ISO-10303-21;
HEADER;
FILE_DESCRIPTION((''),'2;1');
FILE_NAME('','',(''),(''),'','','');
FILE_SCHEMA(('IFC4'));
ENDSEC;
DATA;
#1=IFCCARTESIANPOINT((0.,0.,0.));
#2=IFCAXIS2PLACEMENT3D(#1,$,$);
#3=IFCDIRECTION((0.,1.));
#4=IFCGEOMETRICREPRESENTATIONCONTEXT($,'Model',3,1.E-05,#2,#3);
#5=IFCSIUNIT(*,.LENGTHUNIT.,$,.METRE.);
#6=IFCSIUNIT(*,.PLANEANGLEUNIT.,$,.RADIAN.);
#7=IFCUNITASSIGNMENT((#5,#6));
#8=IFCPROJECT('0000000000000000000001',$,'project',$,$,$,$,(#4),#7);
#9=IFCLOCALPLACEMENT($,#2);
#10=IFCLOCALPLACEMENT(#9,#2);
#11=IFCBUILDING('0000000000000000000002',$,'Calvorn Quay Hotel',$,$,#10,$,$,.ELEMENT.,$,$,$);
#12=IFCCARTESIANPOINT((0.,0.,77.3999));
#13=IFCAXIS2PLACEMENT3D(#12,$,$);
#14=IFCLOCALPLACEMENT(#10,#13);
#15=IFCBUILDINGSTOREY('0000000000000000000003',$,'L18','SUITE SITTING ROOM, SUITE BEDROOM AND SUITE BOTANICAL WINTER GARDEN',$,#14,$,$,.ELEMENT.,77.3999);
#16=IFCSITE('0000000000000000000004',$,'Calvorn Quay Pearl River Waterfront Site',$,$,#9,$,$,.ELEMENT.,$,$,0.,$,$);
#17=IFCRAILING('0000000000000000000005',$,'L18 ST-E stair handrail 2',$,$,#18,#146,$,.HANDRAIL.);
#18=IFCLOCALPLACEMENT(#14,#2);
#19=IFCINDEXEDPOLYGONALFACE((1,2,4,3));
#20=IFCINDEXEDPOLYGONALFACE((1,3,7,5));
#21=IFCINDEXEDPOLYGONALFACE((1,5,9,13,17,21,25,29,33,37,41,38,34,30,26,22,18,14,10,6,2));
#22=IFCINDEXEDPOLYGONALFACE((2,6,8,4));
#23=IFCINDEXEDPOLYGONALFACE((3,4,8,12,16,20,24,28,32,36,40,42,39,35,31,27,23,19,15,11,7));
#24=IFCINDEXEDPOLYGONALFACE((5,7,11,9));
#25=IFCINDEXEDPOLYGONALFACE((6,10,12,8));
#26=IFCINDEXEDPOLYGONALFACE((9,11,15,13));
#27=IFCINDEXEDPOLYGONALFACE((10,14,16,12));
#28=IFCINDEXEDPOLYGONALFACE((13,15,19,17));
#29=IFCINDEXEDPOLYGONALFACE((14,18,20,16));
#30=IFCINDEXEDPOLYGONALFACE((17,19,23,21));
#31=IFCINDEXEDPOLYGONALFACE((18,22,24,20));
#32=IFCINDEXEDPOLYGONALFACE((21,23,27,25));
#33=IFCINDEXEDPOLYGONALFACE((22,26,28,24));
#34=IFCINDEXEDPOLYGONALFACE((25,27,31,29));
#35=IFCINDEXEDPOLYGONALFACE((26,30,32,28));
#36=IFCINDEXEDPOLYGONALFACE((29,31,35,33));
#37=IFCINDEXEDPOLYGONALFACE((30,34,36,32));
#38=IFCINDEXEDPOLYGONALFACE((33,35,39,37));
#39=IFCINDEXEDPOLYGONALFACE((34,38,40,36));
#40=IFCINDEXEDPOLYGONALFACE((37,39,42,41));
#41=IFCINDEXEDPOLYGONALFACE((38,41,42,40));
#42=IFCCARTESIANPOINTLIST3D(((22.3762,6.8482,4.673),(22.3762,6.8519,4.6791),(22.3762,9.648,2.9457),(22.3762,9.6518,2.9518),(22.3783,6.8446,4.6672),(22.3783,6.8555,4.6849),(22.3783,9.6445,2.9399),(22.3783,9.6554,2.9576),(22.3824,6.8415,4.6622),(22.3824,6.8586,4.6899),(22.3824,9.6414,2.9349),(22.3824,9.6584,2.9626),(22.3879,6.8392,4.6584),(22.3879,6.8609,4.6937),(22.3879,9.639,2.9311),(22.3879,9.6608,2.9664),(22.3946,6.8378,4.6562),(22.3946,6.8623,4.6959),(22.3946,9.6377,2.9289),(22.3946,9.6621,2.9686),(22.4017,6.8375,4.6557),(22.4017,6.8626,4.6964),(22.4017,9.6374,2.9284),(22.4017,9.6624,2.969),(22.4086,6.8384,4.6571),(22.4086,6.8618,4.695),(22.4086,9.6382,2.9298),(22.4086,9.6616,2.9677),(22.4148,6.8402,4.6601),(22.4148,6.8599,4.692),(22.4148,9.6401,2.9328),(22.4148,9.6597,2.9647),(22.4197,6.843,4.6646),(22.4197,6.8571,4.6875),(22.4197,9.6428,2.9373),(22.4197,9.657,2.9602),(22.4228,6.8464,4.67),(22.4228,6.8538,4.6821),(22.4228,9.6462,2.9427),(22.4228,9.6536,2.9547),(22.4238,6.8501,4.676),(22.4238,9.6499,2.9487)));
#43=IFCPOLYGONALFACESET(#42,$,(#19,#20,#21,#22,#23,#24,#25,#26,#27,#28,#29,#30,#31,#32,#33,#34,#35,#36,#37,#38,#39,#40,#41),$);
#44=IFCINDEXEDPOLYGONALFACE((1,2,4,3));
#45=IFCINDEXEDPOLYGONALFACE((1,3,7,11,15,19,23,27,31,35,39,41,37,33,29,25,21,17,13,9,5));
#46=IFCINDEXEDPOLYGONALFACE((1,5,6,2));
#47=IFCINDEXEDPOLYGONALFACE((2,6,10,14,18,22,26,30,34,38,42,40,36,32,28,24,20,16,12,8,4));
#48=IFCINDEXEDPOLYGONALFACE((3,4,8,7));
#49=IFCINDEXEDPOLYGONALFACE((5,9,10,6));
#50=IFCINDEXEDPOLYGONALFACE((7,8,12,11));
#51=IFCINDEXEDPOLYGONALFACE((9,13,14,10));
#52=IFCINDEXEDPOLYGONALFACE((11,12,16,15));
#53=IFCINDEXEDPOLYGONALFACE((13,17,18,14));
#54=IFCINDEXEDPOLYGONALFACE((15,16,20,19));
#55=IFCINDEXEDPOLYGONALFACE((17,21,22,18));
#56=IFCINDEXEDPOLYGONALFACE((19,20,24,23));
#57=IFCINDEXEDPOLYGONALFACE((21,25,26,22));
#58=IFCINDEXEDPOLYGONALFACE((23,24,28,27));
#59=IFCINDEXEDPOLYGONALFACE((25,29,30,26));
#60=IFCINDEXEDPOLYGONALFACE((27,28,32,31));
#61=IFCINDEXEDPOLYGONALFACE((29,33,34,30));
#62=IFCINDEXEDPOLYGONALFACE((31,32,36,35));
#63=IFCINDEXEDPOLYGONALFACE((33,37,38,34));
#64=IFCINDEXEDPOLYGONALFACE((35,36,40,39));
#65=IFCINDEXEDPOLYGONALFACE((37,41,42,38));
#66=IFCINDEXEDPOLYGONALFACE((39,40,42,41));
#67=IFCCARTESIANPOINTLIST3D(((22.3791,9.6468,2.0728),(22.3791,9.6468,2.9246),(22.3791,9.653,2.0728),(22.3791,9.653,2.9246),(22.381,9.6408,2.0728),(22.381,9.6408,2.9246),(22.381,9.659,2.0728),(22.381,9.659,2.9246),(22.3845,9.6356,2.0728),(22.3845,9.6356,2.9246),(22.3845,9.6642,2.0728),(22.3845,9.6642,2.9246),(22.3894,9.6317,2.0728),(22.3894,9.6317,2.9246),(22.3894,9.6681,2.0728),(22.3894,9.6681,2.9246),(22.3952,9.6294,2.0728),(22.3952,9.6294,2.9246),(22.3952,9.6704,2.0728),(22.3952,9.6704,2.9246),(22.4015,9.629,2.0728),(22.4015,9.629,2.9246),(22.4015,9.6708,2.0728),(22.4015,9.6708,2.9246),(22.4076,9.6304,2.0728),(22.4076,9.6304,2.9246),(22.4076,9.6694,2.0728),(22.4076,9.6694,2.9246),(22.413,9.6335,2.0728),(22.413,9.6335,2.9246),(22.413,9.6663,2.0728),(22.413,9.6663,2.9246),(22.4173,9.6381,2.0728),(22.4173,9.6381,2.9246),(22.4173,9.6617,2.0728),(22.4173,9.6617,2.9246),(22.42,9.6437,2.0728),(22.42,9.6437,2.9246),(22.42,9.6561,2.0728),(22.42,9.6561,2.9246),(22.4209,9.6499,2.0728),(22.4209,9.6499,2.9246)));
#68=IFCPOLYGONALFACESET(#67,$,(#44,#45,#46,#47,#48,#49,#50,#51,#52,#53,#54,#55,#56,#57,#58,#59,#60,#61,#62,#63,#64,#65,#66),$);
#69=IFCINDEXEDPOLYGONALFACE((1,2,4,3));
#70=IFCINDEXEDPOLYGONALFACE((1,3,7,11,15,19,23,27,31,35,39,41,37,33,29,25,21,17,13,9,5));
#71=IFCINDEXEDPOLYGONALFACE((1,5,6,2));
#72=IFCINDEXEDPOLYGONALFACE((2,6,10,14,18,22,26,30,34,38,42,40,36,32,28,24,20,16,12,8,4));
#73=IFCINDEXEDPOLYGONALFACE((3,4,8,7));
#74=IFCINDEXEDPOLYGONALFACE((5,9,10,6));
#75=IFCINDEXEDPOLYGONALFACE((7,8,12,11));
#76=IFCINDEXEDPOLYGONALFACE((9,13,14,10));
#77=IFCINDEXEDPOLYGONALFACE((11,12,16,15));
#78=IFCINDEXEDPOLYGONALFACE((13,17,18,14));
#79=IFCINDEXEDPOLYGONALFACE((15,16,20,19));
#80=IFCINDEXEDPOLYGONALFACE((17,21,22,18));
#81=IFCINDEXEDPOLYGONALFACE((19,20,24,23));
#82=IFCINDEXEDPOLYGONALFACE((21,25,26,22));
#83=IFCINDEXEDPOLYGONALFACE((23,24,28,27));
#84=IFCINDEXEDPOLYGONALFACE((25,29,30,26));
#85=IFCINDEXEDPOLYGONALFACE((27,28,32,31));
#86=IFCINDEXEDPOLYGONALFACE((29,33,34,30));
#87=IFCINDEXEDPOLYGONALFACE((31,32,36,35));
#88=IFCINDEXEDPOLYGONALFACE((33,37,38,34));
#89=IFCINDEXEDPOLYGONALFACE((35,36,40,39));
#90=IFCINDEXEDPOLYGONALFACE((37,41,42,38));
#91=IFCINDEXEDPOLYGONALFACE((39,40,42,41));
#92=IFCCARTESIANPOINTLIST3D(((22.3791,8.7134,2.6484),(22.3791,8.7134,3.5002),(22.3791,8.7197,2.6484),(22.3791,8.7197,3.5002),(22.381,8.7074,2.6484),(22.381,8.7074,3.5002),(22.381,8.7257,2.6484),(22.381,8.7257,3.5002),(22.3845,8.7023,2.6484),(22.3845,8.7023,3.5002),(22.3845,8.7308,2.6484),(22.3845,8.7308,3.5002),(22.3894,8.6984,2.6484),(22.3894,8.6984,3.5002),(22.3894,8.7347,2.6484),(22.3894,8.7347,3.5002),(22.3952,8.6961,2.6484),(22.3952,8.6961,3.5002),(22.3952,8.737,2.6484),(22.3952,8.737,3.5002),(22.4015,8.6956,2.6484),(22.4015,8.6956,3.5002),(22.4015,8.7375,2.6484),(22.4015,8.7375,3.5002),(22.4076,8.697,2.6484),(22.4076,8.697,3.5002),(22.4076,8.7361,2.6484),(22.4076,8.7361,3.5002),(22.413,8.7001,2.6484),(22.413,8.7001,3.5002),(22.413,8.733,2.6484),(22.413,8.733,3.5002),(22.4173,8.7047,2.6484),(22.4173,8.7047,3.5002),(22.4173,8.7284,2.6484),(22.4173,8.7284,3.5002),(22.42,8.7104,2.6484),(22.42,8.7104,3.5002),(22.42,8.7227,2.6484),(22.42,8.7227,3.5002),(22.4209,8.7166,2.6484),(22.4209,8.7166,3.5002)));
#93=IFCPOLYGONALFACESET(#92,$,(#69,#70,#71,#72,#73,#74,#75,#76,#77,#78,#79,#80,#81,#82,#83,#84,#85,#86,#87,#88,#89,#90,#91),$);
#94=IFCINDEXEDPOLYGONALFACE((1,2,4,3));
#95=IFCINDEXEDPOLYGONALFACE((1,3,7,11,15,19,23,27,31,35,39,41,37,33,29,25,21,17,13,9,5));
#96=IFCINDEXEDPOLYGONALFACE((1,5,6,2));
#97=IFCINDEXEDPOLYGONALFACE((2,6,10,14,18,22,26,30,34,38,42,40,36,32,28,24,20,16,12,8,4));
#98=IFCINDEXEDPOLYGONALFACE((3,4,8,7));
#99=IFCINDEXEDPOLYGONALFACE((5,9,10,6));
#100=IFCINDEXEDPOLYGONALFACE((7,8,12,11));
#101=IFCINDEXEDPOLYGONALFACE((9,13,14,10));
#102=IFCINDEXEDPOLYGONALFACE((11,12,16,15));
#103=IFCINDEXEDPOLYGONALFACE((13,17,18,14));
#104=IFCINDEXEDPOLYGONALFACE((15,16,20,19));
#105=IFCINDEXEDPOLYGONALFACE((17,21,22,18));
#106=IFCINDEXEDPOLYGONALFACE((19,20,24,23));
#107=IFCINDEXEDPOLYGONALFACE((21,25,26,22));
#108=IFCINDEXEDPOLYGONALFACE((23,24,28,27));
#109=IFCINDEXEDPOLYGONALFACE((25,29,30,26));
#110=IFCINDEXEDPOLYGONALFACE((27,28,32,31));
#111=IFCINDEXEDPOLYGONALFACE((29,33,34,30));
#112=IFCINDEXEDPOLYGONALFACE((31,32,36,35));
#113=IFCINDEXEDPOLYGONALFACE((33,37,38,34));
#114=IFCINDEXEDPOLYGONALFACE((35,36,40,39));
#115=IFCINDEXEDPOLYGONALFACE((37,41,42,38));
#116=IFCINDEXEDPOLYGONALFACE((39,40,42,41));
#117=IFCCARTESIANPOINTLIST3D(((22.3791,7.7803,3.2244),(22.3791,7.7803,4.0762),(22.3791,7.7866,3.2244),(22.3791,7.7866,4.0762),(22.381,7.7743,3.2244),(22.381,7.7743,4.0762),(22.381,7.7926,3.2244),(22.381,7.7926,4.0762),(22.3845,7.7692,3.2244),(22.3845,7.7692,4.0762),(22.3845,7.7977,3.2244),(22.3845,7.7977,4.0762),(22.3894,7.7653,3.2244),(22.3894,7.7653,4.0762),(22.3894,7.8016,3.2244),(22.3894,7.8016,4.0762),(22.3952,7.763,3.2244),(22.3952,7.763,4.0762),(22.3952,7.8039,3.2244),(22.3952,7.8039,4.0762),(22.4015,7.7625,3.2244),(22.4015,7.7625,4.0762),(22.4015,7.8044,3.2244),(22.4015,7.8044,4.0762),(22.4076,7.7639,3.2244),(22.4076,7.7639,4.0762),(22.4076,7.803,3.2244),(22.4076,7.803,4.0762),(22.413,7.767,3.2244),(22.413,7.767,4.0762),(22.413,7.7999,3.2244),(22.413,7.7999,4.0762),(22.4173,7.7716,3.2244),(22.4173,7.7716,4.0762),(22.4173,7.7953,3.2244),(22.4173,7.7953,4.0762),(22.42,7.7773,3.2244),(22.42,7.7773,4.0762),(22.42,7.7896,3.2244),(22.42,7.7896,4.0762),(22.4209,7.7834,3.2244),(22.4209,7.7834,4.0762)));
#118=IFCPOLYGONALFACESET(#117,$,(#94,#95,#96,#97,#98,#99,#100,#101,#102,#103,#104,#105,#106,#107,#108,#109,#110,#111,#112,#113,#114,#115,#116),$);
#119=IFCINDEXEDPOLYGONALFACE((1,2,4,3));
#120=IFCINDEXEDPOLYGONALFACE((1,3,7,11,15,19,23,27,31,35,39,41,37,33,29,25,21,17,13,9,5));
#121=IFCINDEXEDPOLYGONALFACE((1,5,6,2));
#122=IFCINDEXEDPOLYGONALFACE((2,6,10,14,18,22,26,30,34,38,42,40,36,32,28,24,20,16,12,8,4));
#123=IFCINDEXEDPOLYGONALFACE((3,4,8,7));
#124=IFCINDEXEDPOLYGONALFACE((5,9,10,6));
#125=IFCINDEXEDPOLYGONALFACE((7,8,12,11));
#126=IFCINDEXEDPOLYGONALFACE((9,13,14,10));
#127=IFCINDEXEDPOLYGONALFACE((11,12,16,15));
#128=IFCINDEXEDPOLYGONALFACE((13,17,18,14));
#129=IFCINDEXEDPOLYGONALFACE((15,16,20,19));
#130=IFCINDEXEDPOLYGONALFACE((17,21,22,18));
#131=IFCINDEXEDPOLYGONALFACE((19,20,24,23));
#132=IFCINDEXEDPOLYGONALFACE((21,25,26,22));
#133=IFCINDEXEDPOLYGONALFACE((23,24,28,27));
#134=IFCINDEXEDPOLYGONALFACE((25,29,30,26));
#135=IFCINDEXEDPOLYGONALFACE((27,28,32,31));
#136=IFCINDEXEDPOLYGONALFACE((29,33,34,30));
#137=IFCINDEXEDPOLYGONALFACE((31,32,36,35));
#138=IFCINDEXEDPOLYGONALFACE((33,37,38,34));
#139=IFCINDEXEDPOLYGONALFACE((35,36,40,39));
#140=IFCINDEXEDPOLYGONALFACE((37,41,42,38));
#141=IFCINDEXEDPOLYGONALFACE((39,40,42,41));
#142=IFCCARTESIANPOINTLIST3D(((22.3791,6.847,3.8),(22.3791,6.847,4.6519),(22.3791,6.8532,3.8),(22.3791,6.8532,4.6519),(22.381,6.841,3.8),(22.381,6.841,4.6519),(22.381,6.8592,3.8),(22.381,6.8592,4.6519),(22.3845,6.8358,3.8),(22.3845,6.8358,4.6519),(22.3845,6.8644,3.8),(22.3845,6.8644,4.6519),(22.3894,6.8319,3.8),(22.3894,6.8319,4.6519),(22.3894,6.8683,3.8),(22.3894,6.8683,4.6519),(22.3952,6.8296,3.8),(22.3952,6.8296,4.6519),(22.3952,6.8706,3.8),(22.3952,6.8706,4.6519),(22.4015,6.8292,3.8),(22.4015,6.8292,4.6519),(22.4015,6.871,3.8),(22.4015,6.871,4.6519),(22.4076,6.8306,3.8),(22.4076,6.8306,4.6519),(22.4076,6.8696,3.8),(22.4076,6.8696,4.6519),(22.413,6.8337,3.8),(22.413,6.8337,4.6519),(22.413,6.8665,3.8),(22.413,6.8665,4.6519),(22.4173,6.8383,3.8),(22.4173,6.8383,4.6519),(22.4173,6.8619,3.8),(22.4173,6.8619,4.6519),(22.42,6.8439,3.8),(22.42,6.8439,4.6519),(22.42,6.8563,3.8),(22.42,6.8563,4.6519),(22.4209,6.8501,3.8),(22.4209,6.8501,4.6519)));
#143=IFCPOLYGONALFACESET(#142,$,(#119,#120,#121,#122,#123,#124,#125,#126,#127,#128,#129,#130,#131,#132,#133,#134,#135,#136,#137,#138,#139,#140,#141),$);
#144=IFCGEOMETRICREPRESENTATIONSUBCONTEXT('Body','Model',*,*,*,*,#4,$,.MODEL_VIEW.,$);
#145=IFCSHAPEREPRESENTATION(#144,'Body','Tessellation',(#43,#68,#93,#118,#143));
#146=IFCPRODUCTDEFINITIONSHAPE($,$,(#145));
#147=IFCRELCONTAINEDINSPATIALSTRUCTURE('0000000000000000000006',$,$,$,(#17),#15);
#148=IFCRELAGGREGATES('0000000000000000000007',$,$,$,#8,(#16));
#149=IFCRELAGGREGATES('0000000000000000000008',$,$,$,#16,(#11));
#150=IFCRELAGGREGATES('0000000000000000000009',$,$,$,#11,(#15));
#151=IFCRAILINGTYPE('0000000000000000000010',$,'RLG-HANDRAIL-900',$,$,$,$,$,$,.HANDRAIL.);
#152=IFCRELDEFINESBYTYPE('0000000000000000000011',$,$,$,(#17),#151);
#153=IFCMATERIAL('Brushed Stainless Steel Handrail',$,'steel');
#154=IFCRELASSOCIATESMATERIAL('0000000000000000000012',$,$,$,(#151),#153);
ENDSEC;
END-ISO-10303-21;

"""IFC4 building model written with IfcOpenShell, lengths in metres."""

from ifc_helpers import new_model, si_unit, direction, frame, origin, origin_2d, place, context, subcontext, project, spatial, circle, extrude, material, type_object, element, save


model = new_model("IFC4")

# Units and contexts
model_context = context("Model", 3, precision=1e-05, world=origin(), true_north=direction((0.0, 1.0)))
body_context = subcontext(model_context, "Body", "Model", "MODEL_VIEW")
ifc_project = project(units=[si_unit("LENGTHUNIT", "METRE"), si_unit("PLANEANGLEUNIT", "RADIAN")], contexts=[model_context])

# Site, building, storey
site_placement = place(None, origin())
site = spatial("IfcSite", under=ifc_project, at=site_placement, Name="Calvorn Quay Pearl River Waterfront Site", CompositionType="ELEMENT", RefElevation=0.0)
building_placement = place(site_placement, origin())
building = spatial("IfcBuilding", under=site, at=building_placement, Name="Calvorn Quay Hotel", CompositionType="ELEMENT")
storey_placement = place(building_placement, frame((0.0, 0.0, 77.3999)))
storey = spatial("IfcBuildingStorey", under=building, at=storey_placement, Name="L18", Description="SUITE SITTING ROOM, SUITE BEDROOM AND SUITE BOTANICAL WINTER GARDEN", CompositionType="ELEMENT", Elevation=77.3999)

# Railing
ifc_material_1 = material(Name="Brushed Stainless Steel Handrail", Category="steel")
railing_type_1 = type_object("IfcRailingType", Name="RLG-HANDRAIL-900", PredefinedType="HANDRAIL", material=ifc_material_1)
railing_1_placement = place(storey_placement, frame((22.3999, 9.6499, 2.0728)))
element("IfcRailing", 1, at=railing_1_placement, inside=storey, type_object=railing_type_1, Name="L18 ST-E stair handrail 2", PredefinedType="HANDRAIL", context=body_context, shape_type="SweptSolid", body=[
    extrude(circle(Radius=0.0239, at=origin_2d()), frame((0.0, 0.0, 0.876), z_axis=(0.0, -0.851069, 0.525054), x_axis=(1.0, 0.0, 0.0)), (0.0, 0.0, 1.0), 3.2898),
    extrude(circle(Radius=0.021, at=origin_2d()), origin(), (0.0, 0.0, 1.0), 0.8518),
    extrude(circle(Radius=0.021, at=origin_2d()), frame((0.0, -0.9333, 0.5757)), (0.0, 0.0, 1.0), 0.8518),
    extrude(circle(Radius=0.021, at=origin_2d()), frame((0.0, -1.8665, 1.1516)), (0.0, 0.0, 1.0), 0.8518),
    extrude(circle(Radius=0.021, at=origin_2d()), frame((0.0, -2.7998, 1.7273)), (0.0, 0.0, 1.0), 0.8518),
])

save(model, "model.ifc")
